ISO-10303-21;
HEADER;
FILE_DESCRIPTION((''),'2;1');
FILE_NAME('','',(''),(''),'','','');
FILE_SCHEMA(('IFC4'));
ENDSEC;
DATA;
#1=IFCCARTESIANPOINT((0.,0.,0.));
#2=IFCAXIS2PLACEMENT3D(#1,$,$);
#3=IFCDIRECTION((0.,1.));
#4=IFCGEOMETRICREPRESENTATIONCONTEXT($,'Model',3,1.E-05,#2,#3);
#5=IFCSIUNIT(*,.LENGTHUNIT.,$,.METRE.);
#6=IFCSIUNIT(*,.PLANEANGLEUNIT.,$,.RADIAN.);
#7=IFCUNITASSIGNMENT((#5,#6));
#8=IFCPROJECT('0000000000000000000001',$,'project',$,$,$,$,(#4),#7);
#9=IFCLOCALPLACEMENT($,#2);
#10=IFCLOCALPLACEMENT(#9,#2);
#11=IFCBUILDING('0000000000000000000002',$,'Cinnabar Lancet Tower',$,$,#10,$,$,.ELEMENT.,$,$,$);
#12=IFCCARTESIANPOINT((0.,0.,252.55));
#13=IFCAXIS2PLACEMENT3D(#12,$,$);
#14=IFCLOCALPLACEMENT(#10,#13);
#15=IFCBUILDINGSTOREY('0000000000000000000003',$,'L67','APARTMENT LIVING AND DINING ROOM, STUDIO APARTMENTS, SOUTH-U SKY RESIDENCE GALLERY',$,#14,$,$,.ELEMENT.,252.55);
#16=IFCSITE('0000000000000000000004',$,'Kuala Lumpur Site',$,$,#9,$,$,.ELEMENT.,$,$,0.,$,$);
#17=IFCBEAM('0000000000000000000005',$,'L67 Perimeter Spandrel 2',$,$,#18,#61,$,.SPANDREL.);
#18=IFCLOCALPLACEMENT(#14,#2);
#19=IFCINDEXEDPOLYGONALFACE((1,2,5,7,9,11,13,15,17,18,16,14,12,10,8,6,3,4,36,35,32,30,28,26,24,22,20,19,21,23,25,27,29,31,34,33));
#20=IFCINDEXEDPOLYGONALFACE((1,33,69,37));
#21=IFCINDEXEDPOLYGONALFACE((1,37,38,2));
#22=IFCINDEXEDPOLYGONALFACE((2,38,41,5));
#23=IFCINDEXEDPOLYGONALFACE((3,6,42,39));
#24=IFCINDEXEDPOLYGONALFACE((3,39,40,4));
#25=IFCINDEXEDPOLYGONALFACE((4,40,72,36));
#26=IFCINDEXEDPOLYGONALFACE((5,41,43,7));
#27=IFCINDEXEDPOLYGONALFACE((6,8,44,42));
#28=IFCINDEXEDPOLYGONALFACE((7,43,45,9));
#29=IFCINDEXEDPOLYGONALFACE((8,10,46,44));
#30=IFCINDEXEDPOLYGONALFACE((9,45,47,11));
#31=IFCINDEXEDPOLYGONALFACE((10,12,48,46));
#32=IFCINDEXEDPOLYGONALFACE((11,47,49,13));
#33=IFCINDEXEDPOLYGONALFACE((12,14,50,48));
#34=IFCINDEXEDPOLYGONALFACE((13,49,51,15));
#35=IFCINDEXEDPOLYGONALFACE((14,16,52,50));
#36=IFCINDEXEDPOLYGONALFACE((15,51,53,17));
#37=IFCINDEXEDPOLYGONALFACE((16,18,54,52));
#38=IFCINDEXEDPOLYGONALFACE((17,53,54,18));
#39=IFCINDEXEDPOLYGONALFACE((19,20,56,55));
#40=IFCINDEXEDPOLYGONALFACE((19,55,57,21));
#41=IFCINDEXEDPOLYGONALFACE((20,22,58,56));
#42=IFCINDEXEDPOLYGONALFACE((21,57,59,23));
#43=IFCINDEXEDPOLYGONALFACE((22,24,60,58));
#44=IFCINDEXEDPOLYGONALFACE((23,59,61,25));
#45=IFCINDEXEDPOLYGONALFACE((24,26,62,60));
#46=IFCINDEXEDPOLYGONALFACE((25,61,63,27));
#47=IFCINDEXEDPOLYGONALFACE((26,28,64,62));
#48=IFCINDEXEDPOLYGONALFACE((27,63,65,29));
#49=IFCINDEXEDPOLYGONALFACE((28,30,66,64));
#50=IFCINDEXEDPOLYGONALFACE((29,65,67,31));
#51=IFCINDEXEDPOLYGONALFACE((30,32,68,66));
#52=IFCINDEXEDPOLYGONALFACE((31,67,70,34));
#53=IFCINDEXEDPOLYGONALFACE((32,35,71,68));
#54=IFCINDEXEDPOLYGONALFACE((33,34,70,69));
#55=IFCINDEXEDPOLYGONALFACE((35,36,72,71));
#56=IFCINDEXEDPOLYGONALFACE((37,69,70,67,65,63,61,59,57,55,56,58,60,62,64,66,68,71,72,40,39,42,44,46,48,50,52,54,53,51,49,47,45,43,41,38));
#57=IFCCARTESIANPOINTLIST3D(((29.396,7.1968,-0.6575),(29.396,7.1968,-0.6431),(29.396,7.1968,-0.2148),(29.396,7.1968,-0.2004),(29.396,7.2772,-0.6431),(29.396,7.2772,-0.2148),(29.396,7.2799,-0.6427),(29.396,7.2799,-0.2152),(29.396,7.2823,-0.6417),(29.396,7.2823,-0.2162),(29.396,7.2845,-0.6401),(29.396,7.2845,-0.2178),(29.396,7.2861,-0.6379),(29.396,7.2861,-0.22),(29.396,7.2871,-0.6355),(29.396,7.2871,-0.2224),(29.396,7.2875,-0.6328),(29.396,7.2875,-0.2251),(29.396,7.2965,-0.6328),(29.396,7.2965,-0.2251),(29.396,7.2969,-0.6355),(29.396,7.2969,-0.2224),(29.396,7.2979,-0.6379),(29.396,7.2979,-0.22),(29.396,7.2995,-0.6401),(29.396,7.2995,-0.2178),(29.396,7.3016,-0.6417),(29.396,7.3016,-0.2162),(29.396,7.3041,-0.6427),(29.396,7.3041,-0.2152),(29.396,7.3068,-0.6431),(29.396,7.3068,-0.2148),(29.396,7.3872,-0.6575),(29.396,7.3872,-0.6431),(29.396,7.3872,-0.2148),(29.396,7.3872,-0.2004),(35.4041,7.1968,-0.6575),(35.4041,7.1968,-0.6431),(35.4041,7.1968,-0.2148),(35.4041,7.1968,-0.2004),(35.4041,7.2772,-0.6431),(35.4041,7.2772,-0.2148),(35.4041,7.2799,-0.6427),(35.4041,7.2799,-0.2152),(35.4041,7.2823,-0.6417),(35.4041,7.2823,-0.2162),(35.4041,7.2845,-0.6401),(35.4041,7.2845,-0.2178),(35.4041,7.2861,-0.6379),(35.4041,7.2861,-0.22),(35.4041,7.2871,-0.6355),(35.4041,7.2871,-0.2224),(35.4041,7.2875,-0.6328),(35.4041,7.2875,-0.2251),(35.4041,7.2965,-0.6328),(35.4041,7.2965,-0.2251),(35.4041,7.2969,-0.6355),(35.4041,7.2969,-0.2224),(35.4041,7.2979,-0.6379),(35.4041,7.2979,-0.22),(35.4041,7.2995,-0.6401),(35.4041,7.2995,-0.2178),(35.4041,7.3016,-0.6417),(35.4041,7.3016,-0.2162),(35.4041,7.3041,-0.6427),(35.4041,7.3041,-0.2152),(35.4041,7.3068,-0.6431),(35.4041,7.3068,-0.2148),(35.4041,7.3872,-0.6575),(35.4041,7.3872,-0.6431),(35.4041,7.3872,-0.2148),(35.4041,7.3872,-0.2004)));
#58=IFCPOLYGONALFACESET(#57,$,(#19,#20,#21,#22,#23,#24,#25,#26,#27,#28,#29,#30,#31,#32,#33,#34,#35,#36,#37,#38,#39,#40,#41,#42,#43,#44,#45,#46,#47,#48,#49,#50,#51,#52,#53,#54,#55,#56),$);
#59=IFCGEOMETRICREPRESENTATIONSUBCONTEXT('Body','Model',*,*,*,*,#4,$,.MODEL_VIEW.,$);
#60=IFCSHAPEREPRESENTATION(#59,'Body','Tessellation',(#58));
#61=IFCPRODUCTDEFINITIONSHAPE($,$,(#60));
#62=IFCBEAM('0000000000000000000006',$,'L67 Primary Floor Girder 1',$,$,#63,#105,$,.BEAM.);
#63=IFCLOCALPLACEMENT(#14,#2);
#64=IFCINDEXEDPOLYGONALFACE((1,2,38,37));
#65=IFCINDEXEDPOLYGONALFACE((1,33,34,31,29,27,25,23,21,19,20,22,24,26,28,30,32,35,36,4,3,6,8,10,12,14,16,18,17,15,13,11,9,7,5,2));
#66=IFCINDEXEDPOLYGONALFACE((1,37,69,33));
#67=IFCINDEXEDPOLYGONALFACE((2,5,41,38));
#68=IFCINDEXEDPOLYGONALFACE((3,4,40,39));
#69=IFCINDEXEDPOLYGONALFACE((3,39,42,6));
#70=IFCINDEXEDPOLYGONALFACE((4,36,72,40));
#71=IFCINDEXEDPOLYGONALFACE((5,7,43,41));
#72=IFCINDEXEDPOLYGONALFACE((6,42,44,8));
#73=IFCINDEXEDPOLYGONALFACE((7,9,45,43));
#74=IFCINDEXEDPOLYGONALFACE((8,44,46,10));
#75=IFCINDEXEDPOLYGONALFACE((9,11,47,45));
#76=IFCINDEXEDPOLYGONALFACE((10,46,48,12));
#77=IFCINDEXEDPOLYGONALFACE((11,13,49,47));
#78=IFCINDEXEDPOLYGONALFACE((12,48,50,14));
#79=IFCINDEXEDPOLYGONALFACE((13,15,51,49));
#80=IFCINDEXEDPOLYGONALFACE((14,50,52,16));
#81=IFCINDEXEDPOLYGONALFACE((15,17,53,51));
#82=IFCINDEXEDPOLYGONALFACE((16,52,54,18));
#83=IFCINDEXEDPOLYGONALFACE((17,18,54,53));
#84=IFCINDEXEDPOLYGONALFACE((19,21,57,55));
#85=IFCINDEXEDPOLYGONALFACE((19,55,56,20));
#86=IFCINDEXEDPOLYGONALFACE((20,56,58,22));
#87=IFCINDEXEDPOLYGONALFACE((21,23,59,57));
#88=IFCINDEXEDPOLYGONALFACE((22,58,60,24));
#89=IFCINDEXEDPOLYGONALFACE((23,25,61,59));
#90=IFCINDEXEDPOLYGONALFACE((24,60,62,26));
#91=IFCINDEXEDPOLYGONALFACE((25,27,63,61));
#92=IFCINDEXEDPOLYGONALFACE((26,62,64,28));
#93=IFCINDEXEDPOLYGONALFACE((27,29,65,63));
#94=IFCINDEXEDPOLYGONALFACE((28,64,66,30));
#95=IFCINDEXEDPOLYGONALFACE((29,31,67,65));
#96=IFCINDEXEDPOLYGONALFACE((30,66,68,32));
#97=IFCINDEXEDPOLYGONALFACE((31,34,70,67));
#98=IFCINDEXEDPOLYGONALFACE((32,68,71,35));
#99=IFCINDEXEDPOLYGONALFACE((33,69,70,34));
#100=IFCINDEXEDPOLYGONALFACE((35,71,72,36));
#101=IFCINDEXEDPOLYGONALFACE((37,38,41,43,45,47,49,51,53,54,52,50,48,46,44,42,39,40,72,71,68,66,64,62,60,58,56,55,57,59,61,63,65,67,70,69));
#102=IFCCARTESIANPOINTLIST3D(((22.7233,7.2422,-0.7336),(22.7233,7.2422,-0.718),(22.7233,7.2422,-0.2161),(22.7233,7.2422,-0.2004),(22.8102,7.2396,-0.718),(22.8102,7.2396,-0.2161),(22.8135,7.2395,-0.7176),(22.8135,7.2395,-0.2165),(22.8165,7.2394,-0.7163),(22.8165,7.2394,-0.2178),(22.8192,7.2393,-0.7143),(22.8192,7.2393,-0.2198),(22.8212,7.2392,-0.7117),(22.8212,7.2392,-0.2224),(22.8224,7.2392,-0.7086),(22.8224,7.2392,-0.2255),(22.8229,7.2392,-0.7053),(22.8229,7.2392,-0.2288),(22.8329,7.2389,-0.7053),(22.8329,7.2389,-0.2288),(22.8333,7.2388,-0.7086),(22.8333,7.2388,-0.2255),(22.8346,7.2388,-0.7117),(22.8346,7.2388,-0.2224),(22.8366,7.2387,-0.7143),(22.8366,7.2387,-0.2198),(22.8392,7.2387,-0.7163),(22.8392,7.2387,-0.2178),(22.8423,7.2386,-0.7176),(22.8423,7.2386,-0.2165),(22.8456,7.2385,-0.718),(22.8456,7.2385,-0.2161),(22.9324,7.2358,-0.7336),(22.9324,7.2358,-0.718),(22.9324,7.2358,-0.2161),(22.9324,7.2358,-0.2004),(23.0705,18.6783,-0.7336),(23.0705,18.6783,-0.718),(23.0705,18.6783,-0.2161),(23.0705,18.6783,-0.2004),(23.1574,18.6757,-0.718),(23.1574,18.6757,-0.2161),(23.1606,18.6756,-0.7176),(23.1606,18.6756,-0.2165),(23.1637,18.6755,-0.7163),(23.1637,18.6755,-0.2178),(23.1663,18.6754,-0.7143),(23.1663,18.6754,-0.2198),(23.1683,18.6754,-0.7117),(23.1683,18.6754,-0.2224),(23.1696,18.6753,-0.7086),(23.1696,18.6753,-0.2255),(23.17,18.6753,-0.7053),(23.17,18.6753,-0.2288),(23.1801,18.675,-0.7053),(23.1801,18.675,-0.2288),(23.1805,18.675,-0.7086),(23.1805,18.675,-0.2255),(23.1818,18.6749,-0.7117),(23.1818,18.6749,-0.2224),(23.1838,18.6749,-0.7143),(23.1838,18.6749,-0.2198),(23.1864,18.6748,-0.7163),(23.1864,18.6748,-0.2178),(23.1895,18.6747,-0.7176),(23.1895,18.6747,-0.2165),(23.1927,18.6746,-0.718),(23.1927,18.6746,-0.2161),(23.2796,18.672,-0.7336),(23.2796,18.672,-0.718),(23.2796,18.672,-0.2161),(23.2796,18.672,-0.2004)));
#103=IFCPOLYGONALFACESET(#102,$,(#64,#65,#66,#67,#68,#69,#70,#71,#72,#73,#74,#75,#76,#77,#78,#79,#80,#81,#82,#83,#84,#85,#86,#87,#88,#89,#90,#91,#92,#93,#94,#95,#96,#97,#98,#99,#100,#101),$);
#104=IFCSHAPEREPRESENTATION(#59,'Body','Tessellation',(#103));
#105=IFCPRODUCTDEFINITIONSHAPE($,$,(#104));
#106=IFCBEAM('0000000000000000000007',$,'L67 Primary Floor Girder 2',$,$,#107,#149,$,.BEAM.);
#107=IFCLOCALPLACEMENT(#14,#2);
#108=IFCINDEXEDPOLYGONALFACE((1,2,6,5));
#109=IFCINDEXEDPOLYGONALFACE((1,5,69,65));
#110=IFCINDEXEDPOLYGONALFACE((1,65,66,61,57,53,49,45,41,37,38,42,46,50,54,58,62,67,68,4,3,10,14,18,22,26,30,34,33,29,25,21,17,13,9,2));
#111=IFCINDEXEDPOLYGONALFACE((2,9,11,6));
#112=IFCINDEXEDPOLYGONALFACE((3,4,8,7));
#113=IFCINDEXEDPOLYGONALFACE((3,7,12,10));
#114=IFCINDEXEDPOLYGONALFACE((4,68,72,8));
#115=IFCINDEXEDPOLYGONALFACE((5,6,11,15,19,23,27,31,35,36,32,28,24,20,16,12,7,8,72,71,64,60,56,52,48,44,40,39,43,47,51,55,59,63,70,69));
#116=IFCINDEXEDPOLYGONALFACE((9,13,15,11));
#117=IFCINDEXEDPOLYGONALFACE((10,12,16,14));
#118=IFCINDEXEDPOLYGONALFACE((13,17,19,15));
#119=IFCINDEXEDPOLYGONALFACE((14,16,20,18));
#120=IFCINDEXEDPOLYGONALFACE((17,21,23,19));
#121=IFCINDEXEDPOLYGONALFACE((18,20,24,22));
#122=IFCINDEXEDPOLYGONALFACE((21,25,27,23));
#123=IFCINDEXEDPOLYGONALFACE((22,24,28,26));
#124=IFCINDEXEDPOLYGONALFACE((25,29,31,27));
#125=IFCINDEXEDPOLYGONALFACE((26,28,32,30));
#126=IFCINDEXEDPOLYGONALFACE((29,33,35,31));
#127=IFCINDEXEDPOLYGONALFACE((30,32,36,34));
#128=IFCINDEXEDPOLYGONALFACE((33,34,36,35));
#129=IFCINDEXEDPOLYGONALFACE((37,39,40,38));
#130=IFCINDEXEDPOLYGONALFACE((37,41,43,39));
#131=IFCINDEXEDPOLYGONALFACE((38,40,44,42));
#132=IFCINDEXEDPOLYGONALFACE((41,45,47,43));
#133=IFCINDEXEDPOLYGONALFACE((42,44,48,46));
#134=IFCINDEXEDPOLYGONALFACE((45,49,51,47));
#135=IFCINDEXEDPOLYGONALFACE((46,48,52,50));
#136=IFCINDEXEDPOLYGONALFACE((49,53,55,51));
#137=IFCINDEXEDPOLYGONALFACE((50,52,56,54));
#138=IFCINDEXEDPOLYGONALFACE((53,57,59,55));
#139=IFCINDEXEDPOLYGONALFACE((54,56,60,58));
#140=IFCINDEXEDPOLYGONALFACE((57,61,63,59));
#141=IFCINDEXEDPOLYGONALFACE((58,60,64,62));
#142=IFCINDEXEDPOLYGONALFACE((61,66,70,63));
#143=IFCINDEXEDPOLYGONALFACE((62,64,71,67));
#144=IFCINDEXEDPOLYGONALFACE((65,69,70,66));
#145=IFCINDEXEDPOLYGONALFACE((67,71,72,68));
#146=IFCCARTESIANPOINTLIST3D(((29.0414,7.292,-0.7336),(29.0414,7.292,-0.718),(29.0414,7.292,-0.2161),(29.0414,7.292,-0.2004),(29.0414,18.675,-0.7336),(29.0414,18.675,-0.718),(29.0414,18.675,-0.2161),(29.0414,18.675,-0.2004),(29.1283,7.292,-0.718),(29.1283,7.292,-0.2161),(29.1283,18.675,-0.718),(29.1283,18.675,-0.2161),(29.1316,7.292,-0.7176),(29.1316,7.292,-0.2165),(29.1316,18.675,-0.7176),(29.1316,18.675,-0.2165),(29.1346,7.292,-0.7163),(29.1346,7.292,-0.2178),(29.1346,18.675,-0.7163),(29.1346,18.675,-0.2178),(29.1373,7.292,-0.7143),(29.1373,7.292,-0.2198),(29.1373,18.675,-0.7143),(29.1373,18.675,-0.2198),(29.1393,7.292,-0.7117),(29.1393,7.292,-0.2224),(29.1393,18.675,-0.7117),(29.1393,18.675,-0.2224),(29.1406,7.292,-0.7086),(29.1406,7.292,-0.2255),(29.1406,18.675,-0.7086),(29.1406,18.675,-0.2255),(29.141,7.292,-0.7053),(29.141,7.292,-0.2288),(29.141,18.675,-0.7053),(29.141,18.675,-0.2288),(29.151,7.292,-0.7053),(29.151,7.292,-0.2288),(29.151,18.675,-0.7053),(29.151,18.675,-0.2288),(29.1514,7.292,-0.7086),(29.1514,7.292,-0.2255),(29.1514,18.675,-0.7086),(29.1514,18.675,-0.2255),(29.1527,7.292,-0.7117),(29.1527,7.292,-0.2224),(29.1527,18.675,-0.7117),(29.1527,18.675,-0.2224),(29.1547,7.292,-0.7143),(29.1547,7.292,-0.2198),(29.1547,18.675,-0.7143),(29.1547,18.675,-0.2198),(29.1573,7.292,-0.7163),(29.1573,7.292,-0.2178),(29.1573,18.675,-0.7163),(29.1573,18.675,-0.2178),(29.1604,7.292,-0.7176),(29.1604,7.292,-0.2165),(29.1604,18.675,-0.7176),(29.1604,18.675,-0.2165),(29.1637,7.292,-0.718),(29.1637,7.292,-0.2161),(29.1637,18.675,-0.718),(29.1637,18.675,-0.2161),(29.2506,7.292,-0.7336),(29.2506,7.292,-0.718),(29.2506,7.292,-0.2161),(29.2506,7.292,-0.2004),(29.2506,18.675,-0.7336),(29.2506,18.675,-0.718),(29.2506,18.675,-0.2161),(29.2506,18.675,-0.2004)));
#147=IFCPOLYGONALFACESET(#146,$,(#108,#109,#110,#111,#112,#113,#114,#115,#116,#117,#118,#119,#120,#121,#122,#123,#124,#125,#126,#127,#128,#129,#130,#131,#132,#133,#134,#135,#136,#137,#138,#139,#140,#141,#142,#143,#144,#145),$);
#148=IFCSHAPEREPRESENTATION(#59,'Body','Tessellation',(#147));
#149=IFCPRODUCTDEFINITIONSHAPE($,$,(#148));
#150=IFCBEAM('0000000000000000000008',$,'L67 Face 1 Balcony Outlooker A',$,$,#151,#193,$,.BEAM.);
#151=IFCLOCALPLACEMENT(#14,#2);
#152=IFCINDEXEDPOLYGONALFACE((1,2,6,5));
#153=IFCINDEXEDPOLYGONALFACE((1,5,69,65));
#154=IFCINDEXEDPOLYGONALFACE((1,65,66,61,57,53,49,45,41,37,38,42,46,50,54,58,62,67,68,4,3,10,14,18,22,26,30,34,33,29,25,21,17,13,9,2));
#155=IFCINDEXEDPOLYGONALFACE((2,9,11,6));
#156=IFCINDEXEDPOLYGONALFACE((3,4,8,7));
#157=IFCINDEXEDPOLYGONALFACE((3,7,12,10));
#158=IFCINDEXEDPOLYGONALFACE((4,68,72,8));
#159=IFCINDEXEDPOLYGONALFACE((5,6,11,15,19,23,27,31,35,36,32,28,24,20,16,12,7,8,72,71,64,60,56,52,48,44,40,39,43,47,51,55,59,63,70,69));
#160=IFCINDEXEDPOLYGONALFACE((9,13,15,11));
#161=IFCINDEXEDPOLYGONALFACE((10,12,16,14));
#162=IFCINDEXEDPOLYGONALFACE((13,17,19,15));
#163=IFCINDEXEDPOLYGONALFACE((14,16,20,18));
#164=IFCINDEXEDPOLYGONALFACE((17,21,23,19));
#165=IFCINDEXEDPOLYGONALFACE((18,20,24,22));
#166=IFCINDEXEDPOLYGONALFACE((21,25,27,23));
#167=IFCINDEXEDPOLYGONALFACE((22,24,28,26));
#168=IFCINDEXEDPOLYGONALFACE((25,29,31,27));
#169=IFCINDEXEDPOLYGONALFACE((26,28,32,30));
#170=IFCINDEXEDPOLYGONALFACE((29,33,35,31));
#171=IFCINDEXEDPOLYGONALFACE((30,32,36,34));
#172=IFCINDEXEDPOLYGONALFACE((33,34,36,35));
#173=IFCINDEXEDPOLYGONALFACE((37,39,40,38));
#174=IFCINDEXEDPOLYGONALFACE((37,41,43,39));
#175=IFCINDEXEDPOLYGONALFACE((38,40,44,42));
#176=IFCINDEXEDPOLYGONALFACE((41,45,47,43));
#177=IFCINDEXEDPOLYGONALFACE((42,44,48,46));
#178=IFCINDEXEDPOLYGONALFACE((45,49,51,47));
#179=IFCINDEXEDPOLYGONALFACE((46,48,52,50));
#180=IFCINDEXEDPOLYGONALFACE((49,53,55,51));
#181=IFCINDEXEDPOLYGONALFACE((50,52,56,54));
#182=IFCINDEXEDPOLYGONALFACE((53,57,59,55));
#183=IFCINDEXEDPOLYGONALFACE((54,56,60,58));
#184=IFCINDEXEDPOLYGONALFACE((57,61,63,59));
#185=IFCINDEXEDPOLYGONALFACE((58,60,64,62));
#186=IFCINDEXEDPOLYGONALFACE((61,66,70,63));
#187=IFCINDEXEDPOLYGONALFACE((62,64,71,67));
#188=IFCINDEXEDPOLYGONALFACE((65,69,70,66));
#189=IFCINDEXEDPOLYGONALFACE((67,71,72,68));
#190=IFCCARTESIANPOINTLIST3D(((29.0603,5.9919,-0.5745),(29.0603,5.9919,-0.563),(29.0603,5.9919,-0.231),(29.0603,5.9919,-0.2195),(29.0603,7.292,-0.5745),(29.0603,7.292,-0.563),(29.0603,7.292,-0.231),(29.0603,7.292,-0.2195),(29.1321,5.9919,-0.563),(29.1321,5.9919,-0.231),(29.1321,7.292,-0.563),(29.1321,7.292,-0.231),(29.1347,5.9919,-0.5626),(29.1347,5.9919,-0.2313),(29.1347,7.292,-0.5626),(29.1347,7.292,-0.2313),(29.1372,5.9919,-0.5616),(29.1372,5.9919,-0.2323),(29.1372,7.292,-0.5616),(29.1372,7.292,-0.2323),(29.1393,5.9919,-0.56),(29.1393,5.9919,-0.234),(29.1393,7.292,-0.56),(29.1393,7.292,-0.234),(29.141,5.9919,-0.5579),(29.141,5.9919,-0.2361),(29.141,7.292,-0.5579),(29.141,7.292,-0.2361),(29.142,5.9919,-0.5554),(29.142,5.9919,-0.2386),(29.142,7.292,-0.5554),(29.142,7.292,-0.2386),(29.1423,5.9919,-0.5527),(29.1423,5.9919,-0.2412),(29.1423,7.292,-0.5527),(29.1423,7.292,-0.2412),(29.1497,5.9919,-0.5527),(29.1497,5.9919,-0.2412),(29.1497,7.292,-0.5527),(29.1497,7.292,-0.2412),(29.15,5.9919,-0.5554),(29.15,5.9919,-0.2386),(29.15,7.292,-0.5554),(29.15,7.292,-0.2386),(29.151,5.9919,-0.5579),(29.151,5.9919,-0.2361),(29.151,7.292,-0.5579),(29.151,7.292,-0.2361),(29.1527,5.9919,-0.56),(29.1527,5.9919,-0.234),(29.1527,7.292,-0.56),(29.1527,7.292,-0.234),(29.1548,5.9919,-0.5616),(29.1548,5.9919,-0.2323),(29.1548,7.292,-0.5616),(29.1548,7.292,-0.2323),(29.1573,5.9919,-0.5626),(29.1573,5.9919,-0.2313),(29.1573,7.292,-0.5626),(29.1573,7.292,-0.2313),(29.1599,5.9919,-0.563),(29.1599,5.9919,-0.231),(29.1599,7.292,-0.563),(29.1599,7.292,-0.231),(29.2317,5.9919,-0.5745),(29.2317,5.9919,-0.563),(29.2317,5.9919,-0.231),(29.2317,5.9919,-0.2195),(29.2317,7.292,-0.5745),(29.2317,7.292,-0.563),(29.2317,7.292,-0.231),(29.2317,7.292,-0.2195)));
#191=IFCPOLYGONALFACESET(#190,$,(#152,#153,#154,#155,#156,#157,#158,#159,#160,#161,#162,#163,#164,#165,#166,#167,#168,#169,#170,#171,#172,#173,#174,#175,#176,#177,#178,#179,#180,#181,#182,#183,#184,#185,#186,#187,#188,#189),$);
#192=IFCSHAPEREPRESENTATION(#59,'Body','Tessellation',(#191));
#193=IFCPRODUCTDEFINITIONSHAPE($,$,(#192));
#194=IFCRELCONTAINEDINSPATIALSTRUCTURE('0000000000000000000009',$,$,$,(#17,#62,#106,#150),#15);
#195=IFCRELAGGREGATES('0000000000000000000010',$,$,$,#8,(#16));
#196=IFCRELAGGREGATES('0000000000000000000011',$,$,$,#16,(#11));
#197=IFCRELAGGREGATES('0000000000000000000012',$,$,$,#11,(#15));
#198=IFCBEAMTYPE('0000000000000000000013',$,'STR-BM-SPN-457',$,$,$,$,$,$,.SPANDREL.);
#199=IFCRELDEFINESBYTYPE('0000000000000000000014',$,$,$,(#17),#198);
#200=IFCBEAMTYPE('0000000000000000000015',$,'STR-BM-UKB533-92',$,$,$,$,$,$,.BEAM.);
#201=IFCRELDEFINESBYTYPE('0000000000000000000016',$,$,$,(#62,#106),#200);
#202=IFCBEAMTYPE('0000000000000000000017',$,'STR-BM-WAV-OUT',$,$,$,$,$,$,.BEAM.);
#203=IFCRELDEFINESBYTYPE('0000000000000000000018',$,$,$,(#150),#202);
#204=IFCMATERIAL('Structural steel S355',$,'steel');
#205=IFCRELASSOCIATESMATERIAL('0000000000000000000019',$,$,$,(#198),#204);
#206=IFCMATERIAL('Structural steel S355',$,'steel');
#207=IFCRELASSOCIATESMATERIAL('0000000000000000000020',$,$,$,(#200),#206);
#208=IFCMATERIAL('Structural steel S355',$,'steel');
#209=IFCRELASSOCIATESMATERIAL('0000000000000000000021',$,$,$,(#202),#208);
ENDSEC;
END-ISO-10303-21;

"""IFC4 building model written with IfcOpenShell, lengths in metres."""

from ifc_helpers import new_model, si_unit, direction, frame, origin, origin_2d, place, context, subcontext, project, spatial, i_section, extrude, material, material_profile, profile_set, type_object, element, save


model = new_model("IFC4")

# Units and contexts
model_context = context("Model", 3, precision=1e-05, world=origin(), true_north=direction((0.0, 1.0)))
body_context = subcontext(model_context, "Body", "Model", "MODEL_VIEW")
ifc_project = project(units=[si_unit("LENGTHUNIT", "METRE"), si_unit("PLANEANGLEUNIT", "RADIAN")], contexts=[model_context])

# Site, building, storey
site_placement = place(None, origin())
site = spatial("IfcSite", under=ifc_project, at=site_placement, Name="Kuala Lumpur Site", CompositionType="ELEMENT", RefElevation=0.0)
building_placement = place(site_placement, origin())
building = spatial("IfcBuilding", under=site, at=building_placement, Name="Cinnabar Lancet Tower", CompositionType="ELEMENT")
storey_placement = place(building_placement, frame((0.0, 0.0, 252.55)))
storey = spatial("IfcBuildingStorey", under=building, at=storey_placement, Name="L67", Description="APARTMENT LIVING AND DINING ROOM, STUDIO APARTMENTS, SOUTH-U SKY RESIDENCE GALLERY", CompositionType="ELEMENT", Elevation=252.55)

# Beams
ifc_material_1 = material(Name="Structural steel S355", Category="steel")
ifc_material_profile_1 = material_profile(ifc_material_1, i_section(OverallWidth=0.1904, OverallDepth=0.457, WebThickness=0.009, FlangeThickness=0.0144, FilletRadius=0.0103, at=origin_2d()), Name="UKB 457x191x74")
ifc_profile_set_1 = profile_set([ifc_material_profile_1], Name="Structural steel S355")
beam_type_1 = type_object("IfcBeamType", Name="STR-BM-SPN-457", PredefinedType="SPANDREL", material=ifc_profile_set_1)
beam_1_placement = place(storey_placement, frame((29.396, 7.292, -0.429), z_axis=(1.0, 0.0, 0.0), x_axis=(0.0, 1.0, 0.0)))
element("IfcBeam", 1, at=beam_1_placement, inside=storey, type_object=beam_type_1, Name="L67 Perimeter Spandrel 2", PredefinedType="SPANDREL", context=body_context, shape_type="SweptSolid", body=[
    extrude(i_section(OverallWidth=0.1904, OverallDepth=0.457, WebThickness=0.009, FlangeThickness=0.0144, FilletRadius=0.0103, at=origin_2d()), origin(), (0.0, 0.0, 1.0), 6.0081),
])
ifc_material_2 = material(Name="Structural steel S355", Category="steel")
ifc_material_profile_2 = material_profile(ifc_material_2, i_section(OverallWidth=0.2092, OverallDepth=0.5332, WebThickness=0.01, FlangeThickness=0.0156, FilletRadius=0.0127, at=origin_2d()), Name="UKB 533x210x92")
ifc_profile_set_2 = profile_set([ifc_material_profile_2], Name="Structural steel S355")
beam_type_2 = type_object("IfcBeamType", Name="STR-BM-UKB533-92", PredefinedType="BEAM", material=ifc_profile_set_2)
beam_2_placement = place(storey_placement, frame((22.8279, 7.239, -0.467), z_axis=(0.030343, 0.99954, 0.0), x_axis=(-0.99954, 0.030343, 0.0)))
element("IfcBeam", 2, at=beam_2_placement, inside=storey, type_object=beam_type_2, Name="L67 Primary Floor Girder 1", PredefinedType="BEAM", context=body_context, shape_type="SweptSolid", body=[
    extrude(i_section(OverallWidth=0.2092, OverallDepth=0.5332, WebThickness=0.01, FlangeThickness=0.0156, FilletRadius=0.0127, at=origin_2d()), origin(), (0.0, 0.0, 1.0), 11.4414),
])
beam_3_placement = place(storey_placement, frame((29.146, 7.292, -0.467), z_axis=(0.0, 1.0, 0.0), x_axis=(-1.0, 0.0, 0.0)))
element("IfcBeam", 3, at=beam_3_placement, inside=storey, type_object=beam_type_2, Name="L67 Primary Floor Girder 2", PredefinedType="BEAM", context=body_context, shape_type="SweptSolid", body=[
    extrude(i_section(OverallWidth=0.2092, OverallDepth=0.5332, WebThickness=0.01, FlangeThickness=0.0156, FilletRadius=0.0127, at=origin_2d()), origin(), (0.0, 0.0, 1.0), 11.3831),
])
ifc_material_3 = material(Name="Structural steel S355", Category="steel")
ifc_material_profile_3 = material_profile(ifc_material_3, i_section(OverallWidth=0.1714, OverallDepth=0.355, WebThickness=0.0073, FlangeThickness=0.0115, FilletRadius=0.0103, at=origin_2d()), Name="UKB 356x171x51")
ifc_profile_set_3 = profile_set([ifc_material_profile_3], Name="Structural steel S355")
beam_type_3 = type_object("IfcBeamType", Name="STR-BM-WAV-OUT", PredefinedType="BEAM", material=ifc_profile_set_3)
beam_4_placement = place(storey_placement, frame((29.146, 7.292, -0.397), z_axis=(0.0, -1.0, 0.0), x_axis=(1.0, 0.0, 0.0)))
element("IfcBeam", 4, at=beam_4_placement, inside=storey, type_object=beam_type_3, Name="L67 Face 1 Balcony Outlooker A", PredefinedType="BEAM", context=body_context, shape_type="SweptSolid", body=[
    extrude(i_section(OverallWidth=0.1714, OverallDepth=0.355, WebThickness=0.0073, FlangeThickness=0.0115, FilletRadius=0.0103, at=origin_2d()), origin(), (0.0, 0.0, 1.0), 1.3),
])

save(model, "model.ifc")
